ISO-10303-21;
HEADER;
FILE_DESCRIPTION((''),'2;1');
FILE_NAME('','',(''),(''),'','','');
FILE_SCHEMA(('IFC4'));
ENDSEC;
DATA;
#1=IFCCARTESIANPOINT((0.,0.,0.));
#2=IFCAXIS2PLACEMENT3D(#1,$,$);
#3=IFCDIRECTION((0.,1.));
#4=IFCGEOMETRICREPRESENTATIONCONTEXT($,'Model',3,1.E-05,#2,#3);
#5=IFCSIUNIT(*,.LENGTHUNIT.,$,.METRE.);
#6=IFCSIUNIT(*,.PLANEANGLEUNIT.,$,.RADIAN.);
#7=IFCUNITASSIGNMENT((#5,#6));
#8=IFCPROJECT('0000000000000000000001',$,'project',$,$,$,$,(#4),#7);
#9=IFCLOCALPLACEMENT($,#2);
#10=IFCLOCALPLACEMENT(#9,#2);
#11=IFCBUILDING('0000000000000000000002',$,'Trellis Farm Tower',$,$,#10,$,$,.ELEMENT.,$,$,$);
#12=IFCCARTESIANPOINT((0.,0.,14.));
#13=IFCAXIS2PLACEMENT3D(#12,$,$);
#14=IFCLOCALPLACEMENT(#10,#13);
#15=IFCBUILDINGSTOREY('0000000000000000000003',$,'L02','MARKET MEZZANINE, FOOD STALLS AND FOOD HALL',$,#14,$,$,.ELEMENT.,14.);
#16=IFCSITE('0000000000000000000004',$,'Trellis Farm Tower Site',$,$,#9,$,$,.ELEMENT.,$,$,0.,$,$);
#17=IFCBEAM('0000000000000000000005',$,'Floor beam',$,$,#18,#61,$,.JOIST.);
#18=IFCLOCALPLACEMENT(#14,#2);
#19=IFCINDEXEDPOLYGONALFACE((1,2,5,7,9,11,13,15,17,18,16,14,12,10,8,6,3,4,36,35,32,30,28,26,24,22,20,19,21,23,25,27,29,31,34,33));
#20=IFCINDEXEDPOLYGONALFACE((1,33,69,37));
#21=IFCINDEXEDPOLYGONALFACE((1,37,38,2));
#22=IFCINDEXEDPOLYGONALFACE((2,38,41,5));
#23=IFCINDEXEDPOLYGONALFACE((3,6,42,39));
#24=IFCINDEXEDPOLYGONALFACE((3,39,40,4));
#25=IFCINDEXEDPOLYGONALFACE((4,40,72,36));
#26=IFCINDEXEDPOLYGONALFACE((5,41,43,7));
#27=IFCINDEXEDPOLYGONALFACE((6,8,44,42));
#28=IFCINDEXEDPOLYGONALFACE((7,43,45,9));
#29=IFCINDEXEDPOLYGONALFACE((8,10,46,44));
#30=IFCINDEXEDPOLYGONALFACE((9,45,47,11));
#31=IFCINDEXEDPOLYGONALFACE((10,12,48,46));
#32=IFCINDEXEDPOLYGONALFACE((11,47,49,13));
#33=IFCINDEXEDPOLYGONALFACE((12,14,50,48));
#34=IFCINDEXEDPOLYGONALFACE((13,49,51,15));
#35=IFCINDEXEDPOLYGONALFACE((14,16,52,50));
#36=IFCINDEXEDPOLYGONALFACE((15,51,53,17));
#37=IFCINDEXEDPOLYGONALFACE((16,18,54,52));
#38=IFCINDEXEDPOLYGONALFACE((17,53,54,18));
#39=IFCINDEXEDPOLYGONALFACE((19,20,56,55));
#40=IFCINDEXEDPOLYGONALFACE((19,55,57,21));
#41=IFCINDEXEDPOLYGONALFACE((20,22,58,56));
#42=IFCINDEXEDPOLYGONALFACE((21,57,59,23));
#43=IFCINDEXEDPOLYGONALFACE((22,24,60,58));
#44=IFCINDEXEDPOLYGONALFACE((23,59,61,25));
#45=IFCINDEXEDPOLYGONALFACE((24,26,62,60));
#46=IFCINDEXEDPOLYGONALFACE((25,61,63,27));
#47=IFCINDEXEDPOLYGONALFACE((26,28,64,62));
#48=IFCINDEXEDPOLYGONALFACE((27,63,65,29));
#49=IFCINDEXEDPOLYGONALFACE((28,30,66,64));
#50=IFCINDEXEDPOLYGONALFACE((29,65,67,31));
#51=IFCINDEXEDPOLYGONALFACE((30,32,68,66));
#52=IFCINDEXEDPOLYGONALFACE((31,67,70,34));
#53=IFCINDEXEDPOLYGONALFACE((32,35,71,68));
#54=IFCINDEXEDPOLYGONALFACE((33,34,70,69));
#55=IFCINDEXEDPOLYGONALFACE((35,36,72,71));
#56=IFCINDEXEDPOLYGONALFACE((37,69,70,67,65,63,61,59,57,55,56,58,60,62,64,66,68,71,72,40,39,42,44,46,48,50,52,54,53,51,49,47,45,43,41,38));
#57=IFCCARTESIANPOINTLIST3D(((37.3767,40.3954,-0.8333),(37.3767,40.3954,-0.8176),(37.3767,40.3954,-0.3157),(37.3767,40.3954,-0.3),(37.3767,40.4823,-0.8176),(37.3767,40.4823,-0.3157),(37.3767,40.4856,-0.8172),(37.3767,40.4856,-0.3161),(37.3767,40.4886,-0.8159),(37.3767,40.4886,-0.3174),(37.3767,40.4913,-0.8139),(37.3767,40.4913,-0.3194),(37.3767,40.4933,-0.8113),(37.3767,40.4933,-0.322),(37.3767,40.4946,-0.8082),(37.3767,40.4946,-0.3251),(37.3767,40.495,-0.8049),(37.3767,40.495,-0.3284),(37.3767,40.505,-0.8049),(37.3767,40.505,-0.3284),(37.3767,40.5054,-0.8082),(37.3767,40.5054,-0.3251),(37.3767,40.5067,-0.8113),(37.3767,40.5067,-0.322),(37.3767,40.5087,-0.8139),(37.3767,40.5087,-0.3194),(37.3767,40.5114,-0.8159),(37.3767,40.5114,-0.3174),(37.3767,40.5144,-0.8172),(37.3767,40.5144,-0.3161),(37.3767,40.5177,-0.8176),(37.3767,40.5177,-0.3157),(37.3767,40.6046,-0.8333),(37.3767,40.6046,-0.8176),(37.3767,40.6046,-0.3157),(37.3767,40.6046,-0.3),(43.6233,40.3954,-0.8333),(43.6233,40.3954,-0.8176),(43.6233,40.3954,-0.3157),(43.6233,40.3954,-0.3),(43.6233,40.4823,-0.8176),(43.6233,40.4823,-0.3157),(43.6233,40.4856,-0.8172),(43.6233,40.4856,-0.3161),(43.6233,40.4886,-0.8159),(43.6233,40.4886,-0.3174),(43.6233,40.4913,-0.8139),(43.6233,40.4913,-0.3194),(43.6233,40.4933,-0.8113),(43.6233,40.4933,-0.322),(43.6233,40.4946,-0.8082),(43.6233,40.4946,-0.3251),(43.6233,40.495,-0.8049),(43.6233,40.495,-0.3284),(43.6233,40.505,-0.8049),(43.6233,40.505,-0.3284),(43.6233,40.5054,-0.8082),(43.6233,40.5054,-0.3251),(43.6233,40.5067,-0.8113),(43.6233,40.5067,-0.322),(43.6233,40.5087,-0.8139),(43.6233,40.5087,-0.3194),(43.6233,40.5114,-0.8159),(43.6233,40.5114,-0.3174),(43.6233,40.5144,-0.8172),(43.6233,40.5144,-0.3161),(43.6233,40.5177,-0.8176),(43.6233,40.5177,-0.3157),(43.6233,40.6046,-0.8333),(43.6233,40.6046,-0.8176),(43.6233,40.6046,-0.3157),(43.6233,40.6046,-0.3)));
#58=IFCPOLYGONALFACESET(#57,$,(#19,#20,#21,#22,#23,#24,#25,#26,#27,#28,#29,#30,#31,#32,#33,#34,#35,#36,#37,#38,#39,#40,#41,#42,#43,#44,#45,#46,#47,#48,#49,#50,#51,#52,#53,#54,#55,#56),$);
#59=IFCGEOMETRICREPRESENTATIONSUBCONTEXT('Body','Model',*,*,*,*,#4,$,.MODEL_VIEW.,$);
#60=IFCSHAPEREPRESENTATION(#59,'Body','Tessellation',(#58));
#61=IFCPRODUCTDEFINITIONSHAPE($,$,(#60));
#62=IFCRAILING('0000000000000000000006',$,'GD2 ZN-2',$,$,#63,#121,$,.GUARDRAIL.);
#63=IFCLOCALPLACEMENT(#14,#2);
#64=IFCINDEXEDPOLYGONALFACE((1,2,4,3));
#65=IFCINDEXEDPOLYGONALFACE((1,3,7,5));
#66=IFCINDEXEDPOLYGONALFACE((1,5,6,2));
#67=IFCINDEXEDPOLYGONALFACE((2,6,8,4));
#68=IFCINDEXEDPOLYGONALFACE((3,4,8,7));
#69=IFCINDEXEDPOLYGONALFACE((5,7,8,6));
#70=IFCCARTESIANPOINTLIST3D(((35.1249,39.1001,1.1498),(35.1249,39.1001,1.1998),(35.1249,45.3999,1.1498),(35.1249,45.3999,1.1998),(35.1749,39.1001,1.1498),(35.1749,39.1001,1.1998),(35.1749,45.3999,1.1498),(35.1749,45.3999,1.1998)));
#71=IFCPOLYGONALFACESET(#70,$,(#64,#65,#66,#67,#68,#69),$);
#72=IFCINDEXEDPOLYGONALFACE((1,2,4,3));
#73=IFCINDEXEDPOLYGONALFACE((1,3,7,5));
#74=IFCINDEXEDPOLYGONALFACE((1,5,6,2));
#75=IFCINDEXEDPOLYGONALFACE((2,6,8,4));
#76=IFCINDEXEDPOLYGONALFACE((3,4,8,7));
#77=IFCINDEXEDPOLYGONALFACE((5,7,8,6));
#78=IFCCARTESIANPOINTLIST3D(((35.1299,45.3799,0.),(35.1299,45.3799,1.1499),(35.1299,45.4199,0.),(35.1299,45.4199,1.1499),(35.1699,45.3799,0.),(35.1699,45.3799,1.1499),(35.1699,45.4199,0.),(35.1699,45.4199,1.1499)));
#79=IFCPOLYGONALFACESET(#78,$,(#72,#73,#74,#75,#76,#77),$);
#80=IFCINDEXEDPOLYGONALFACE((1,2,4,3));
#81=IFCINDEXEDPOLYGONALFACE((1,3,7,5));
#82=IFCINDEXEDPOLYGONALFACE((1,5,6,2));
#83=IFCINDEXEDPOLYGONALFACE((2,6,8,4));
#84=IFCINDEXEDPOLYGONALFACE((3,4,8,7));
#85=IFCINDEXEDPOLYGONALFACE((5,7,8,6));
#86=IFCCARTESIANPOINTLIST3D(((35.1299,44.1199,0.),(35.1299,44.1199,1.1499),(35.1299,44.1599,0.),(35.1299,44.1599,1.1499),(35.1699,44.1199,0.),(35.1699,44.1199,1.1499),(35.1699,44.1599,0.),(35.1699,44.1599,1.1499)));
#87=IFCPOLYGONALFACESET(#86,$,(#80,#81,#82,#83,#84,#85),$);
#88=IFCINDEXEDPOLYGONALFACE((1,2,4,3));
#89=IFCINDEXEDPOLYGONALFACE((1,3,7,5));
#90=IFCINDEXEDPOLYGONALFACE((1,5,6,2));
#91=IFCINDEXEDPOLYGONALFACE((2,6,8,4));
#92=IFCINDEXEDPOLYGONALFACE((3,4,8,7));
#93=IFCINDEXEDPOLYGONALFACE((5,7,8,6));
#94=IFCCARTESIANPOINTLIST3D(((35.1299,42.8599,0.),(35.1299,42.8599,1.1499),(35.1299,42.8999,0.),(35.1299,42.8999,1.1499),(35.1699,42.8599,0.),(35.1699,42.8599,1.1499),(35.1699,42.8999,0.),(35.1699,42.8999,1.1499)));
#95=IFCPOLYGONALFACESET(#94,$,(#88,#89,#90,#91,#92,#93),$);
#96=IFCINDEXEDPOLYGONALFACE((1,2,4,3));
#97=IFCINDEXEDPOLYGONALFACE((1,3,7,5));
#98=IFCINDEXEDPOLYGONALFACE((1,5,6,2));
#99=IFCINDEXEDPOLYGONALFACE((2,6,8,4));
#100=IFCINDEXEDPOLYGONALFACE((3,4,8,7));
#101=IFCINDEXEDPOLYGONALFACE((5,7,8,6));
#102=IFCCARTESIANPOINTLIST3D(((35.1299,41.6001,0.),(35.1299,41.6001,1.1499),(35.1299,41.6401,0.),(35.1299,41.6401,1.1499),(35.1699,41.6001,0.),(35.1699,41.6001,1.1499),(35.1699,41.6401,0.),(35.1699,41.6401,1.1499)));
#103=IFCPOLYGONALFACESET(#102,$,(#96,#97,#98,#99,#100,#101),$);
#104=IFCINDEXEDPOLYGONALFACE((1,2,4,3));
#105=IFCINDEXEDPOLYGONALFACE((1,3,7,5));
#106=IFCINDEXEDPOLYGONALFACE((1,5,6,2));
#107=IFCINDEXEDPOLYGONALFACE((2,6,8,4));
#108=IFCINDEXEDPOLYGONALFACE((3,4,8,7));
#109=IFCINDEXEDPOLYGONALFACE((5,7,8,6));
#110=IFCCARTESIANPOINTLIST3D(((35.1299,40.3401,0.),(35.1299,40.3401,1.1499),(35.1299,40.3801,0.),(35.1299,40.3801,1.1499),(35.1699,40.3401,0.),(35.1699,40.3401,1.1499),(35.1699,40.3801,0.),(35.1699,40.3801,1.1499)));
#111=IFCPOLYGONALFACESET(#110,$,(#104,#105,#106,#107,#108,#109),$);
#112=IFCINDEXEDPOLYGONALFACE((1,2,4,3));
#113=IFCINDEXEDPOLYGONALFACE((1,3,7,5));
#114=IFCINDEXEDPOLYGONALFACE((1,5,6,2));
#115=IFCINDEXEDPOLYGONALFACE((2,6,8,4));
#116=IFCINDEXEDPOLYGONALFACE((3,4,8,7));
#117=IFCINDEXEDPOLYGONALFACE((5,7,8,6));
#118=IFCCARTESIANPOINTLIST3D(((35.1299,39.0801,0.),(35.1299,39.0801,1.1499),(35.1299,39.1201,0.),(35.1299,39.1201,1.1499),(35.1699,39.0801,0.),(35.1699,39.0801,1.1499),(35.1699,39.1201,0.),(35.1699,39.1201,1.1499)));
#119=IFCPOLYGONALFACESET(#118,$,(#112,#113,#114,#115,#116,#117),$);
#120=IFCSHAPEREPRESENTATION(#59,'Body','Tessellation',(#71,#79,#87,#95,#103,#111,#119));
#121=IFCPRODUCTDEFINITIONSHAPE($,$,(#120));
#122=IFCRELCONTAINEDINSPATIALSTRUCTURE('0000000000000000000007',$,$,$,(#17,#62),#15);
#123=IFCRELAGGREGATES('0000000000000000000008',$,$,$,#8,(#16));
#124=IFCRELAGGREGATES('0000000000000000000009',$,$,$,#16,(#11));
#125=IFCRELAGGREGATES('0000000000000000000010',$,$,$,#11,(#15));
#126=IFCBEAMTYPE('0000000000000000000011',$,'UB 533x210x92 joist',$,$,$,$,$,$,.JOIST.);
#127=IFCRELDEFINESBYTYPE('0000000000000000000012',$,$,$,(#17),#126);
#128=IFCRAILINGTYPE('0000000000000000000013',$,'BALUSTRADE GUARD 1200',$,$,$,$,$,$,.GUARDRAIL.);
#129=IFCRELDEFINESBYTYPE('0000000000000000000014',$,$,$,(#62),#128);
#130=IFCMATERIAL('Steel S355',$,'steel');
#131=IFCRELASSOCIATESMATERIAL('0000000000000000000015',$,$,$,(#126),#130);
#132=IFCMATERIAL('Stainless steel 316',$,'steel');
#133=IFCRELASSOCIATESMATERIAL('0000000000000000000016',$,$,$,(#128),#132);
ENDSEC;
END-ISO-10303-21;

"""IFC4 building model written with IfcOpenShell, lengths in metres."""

from ifc_helpers import new_model, si_unit, direction, frame, origin, origin_2d, place, context, subcontext, project, spatial, rectangle, i_section, extrude, source, transform, mapped, material, material_profile, profile_set, type_object, element, save


model = new_model("IFC4")

# Units and contexts
model_context = context("Model", 3, precision=1e-05, world=origin(), true_north=direction((0.0, 1.0)))
body_context = subcontext(model_context, "Body", "Model", "MODEL_VIEW")
ifc_project = project(units=[si_unit("LENGTHUNIT", "METRE"), si_unit("PLANEANGLEUNIT", "RADIAN")], contexts=[model_context])

# Site, building, storey
site_placement = place(None, origin())
site = spatial("IfcSite", under=ifc_project, at=site_placement, Name="Trellis Farm Tower Site", CompositionType="ELEMENT", RefElevation=0.0)
building_placement = place(site_placement, origin())
building = spatial("IfcBuilding", under=site, at=building_placement, Name="Trellis Farm Tower", CompositionType="ELEMENT")
storey_placement = place(building_placement, frame((0.0, 0.0, 14.0)))
storey = spatial("IfcBuildingStorey", under=building, at=storey_placement, Name="L02", Description="MARKET MEZZANINE, FOOD STALLS AND FOOD HALL", CompositionType="ELEMENT", Elevation=14.0)

# Beam
ifc_material_1 = material(Name="Steel S355", Category="steel")
ifc_material_profile_1 = material_profile(ifc_material_1, i_section(OverallWidth=0.2092, OverallDepth=0.5332, WebThickness=0.01, FlangeThickness=0.0156, FilletRadius=0.0127, at=origin_2d()), Name="UB 533x210x92")
ifc_profile_set_1 = profile_set([ifc_material_profile_1], Name="Steel S355")
beam_type_1 = type_object("IfcBeamType", Name="UB 533x210x92 joist", PredefinedType="JOIST", material=ifc_profile_set_1)
shared_shape_1 = source(origin(), body_context, "Body", "SweptSolid", [
    extrude(i_section(OverallWidth=0.2092, OverallDepth=0.5332, WebThickness=0.01, FlangeThickness=0.0156, FilletRadius=0.0127, at=origin_2d()), origin(), (0.0, 0.0, 1.0), 6.2466),
])
for number, where, z_axis, x_axis, name in (
    (1, (37.3767, 40.5, -0.5667), (1.0, 0.0, 0.0), (0.0, 1.0, 0.0), "Floor beam"),
):
    element("IfcBeam", number, at=place(storey_placement, frame(where, z_axis=z_axis, x_axis=x_axis)), inside=storey, type_object=beam_type_1, Name=name, PredefinedType="JOIST", context=body_context, shape_type="MappedRepresentation", body=[
        mapped(shared_shape_1, transform((0.0, 0.0, 0.0))),
    ])

# Railing
ifc_material_2 = material(Name="Stainless steel 316", Category="steel")
railing_type = type_object("IfcRailingType", Name="BALUSTRADE GUARD 1200", PredefinedType="GUARDRAIL", material=ifc_material_2)
shared_shape_2 = source(origin(), body_context, "Body", "SweptSolid", [
    extrude(rectangle(XDim=0.05, YDim=0.05, at=origin_2d()), frame((0.0, 0.0, 1.1748), z_axis=(0.0, -1.0, 0.0), x_axis=(1.0, 0.0, 0.0)), (0.0, 0.0, 1.0), 6.2998),
    extrude(rectangle(XDim=0.04, YDim=0.04, at=origin_2d()), origin(), (0.0, 0.0, 1.0), 1.1499),
    extrude(rectangle(XDim=0.04, YDim=0.04, at=origin_2d()), frame((0.0, -1.26, 0.0)), (0.0, 0.0, 1.0), 1.1499),
    extrude(rectangle(XDim=0.04, YDim=0.04, at=origin_2d()), frame((0.0, -2.52, 0.0)), (0.0, 0.0, 1.0), 1.1499),
    extrude(rectangle(XDim=0.04, YDim=0.04, at=origin_2d()), frame((0.0, -3.7798, 0.0)), (0.0, 0.0, 1.0), 1.1499),
    extrude(rectangle(XDim=0.04, YDim=0.04, at=origin_2d()), frame((0.0, -5.0398, 0.0)), (0.0, 0.0, 1.0), 1.1499),
    extrude(rectangle(XDim=0.04, YDim=0.04, at=origin_2d()), frame((0.0, -6.2998, 0.0)), (0.0, 0.0, 1.0), 1.1499),
])
railing_placement = place(storey_placement, frame((35.1499, 45.3999, 0.0)))
element("IfcRailing", 2, at=railing_placement, inside=storey, type_object=railing_type, Name="GD2 ZN-2", PredefinedType="GUARDRAIL", context=body_context, shape_type="MappedRepresentation", body=[
    mapped(shared_shape_2, transform((0.0, 0.0, 0.0))),
])

save(model, "model.ifc")
